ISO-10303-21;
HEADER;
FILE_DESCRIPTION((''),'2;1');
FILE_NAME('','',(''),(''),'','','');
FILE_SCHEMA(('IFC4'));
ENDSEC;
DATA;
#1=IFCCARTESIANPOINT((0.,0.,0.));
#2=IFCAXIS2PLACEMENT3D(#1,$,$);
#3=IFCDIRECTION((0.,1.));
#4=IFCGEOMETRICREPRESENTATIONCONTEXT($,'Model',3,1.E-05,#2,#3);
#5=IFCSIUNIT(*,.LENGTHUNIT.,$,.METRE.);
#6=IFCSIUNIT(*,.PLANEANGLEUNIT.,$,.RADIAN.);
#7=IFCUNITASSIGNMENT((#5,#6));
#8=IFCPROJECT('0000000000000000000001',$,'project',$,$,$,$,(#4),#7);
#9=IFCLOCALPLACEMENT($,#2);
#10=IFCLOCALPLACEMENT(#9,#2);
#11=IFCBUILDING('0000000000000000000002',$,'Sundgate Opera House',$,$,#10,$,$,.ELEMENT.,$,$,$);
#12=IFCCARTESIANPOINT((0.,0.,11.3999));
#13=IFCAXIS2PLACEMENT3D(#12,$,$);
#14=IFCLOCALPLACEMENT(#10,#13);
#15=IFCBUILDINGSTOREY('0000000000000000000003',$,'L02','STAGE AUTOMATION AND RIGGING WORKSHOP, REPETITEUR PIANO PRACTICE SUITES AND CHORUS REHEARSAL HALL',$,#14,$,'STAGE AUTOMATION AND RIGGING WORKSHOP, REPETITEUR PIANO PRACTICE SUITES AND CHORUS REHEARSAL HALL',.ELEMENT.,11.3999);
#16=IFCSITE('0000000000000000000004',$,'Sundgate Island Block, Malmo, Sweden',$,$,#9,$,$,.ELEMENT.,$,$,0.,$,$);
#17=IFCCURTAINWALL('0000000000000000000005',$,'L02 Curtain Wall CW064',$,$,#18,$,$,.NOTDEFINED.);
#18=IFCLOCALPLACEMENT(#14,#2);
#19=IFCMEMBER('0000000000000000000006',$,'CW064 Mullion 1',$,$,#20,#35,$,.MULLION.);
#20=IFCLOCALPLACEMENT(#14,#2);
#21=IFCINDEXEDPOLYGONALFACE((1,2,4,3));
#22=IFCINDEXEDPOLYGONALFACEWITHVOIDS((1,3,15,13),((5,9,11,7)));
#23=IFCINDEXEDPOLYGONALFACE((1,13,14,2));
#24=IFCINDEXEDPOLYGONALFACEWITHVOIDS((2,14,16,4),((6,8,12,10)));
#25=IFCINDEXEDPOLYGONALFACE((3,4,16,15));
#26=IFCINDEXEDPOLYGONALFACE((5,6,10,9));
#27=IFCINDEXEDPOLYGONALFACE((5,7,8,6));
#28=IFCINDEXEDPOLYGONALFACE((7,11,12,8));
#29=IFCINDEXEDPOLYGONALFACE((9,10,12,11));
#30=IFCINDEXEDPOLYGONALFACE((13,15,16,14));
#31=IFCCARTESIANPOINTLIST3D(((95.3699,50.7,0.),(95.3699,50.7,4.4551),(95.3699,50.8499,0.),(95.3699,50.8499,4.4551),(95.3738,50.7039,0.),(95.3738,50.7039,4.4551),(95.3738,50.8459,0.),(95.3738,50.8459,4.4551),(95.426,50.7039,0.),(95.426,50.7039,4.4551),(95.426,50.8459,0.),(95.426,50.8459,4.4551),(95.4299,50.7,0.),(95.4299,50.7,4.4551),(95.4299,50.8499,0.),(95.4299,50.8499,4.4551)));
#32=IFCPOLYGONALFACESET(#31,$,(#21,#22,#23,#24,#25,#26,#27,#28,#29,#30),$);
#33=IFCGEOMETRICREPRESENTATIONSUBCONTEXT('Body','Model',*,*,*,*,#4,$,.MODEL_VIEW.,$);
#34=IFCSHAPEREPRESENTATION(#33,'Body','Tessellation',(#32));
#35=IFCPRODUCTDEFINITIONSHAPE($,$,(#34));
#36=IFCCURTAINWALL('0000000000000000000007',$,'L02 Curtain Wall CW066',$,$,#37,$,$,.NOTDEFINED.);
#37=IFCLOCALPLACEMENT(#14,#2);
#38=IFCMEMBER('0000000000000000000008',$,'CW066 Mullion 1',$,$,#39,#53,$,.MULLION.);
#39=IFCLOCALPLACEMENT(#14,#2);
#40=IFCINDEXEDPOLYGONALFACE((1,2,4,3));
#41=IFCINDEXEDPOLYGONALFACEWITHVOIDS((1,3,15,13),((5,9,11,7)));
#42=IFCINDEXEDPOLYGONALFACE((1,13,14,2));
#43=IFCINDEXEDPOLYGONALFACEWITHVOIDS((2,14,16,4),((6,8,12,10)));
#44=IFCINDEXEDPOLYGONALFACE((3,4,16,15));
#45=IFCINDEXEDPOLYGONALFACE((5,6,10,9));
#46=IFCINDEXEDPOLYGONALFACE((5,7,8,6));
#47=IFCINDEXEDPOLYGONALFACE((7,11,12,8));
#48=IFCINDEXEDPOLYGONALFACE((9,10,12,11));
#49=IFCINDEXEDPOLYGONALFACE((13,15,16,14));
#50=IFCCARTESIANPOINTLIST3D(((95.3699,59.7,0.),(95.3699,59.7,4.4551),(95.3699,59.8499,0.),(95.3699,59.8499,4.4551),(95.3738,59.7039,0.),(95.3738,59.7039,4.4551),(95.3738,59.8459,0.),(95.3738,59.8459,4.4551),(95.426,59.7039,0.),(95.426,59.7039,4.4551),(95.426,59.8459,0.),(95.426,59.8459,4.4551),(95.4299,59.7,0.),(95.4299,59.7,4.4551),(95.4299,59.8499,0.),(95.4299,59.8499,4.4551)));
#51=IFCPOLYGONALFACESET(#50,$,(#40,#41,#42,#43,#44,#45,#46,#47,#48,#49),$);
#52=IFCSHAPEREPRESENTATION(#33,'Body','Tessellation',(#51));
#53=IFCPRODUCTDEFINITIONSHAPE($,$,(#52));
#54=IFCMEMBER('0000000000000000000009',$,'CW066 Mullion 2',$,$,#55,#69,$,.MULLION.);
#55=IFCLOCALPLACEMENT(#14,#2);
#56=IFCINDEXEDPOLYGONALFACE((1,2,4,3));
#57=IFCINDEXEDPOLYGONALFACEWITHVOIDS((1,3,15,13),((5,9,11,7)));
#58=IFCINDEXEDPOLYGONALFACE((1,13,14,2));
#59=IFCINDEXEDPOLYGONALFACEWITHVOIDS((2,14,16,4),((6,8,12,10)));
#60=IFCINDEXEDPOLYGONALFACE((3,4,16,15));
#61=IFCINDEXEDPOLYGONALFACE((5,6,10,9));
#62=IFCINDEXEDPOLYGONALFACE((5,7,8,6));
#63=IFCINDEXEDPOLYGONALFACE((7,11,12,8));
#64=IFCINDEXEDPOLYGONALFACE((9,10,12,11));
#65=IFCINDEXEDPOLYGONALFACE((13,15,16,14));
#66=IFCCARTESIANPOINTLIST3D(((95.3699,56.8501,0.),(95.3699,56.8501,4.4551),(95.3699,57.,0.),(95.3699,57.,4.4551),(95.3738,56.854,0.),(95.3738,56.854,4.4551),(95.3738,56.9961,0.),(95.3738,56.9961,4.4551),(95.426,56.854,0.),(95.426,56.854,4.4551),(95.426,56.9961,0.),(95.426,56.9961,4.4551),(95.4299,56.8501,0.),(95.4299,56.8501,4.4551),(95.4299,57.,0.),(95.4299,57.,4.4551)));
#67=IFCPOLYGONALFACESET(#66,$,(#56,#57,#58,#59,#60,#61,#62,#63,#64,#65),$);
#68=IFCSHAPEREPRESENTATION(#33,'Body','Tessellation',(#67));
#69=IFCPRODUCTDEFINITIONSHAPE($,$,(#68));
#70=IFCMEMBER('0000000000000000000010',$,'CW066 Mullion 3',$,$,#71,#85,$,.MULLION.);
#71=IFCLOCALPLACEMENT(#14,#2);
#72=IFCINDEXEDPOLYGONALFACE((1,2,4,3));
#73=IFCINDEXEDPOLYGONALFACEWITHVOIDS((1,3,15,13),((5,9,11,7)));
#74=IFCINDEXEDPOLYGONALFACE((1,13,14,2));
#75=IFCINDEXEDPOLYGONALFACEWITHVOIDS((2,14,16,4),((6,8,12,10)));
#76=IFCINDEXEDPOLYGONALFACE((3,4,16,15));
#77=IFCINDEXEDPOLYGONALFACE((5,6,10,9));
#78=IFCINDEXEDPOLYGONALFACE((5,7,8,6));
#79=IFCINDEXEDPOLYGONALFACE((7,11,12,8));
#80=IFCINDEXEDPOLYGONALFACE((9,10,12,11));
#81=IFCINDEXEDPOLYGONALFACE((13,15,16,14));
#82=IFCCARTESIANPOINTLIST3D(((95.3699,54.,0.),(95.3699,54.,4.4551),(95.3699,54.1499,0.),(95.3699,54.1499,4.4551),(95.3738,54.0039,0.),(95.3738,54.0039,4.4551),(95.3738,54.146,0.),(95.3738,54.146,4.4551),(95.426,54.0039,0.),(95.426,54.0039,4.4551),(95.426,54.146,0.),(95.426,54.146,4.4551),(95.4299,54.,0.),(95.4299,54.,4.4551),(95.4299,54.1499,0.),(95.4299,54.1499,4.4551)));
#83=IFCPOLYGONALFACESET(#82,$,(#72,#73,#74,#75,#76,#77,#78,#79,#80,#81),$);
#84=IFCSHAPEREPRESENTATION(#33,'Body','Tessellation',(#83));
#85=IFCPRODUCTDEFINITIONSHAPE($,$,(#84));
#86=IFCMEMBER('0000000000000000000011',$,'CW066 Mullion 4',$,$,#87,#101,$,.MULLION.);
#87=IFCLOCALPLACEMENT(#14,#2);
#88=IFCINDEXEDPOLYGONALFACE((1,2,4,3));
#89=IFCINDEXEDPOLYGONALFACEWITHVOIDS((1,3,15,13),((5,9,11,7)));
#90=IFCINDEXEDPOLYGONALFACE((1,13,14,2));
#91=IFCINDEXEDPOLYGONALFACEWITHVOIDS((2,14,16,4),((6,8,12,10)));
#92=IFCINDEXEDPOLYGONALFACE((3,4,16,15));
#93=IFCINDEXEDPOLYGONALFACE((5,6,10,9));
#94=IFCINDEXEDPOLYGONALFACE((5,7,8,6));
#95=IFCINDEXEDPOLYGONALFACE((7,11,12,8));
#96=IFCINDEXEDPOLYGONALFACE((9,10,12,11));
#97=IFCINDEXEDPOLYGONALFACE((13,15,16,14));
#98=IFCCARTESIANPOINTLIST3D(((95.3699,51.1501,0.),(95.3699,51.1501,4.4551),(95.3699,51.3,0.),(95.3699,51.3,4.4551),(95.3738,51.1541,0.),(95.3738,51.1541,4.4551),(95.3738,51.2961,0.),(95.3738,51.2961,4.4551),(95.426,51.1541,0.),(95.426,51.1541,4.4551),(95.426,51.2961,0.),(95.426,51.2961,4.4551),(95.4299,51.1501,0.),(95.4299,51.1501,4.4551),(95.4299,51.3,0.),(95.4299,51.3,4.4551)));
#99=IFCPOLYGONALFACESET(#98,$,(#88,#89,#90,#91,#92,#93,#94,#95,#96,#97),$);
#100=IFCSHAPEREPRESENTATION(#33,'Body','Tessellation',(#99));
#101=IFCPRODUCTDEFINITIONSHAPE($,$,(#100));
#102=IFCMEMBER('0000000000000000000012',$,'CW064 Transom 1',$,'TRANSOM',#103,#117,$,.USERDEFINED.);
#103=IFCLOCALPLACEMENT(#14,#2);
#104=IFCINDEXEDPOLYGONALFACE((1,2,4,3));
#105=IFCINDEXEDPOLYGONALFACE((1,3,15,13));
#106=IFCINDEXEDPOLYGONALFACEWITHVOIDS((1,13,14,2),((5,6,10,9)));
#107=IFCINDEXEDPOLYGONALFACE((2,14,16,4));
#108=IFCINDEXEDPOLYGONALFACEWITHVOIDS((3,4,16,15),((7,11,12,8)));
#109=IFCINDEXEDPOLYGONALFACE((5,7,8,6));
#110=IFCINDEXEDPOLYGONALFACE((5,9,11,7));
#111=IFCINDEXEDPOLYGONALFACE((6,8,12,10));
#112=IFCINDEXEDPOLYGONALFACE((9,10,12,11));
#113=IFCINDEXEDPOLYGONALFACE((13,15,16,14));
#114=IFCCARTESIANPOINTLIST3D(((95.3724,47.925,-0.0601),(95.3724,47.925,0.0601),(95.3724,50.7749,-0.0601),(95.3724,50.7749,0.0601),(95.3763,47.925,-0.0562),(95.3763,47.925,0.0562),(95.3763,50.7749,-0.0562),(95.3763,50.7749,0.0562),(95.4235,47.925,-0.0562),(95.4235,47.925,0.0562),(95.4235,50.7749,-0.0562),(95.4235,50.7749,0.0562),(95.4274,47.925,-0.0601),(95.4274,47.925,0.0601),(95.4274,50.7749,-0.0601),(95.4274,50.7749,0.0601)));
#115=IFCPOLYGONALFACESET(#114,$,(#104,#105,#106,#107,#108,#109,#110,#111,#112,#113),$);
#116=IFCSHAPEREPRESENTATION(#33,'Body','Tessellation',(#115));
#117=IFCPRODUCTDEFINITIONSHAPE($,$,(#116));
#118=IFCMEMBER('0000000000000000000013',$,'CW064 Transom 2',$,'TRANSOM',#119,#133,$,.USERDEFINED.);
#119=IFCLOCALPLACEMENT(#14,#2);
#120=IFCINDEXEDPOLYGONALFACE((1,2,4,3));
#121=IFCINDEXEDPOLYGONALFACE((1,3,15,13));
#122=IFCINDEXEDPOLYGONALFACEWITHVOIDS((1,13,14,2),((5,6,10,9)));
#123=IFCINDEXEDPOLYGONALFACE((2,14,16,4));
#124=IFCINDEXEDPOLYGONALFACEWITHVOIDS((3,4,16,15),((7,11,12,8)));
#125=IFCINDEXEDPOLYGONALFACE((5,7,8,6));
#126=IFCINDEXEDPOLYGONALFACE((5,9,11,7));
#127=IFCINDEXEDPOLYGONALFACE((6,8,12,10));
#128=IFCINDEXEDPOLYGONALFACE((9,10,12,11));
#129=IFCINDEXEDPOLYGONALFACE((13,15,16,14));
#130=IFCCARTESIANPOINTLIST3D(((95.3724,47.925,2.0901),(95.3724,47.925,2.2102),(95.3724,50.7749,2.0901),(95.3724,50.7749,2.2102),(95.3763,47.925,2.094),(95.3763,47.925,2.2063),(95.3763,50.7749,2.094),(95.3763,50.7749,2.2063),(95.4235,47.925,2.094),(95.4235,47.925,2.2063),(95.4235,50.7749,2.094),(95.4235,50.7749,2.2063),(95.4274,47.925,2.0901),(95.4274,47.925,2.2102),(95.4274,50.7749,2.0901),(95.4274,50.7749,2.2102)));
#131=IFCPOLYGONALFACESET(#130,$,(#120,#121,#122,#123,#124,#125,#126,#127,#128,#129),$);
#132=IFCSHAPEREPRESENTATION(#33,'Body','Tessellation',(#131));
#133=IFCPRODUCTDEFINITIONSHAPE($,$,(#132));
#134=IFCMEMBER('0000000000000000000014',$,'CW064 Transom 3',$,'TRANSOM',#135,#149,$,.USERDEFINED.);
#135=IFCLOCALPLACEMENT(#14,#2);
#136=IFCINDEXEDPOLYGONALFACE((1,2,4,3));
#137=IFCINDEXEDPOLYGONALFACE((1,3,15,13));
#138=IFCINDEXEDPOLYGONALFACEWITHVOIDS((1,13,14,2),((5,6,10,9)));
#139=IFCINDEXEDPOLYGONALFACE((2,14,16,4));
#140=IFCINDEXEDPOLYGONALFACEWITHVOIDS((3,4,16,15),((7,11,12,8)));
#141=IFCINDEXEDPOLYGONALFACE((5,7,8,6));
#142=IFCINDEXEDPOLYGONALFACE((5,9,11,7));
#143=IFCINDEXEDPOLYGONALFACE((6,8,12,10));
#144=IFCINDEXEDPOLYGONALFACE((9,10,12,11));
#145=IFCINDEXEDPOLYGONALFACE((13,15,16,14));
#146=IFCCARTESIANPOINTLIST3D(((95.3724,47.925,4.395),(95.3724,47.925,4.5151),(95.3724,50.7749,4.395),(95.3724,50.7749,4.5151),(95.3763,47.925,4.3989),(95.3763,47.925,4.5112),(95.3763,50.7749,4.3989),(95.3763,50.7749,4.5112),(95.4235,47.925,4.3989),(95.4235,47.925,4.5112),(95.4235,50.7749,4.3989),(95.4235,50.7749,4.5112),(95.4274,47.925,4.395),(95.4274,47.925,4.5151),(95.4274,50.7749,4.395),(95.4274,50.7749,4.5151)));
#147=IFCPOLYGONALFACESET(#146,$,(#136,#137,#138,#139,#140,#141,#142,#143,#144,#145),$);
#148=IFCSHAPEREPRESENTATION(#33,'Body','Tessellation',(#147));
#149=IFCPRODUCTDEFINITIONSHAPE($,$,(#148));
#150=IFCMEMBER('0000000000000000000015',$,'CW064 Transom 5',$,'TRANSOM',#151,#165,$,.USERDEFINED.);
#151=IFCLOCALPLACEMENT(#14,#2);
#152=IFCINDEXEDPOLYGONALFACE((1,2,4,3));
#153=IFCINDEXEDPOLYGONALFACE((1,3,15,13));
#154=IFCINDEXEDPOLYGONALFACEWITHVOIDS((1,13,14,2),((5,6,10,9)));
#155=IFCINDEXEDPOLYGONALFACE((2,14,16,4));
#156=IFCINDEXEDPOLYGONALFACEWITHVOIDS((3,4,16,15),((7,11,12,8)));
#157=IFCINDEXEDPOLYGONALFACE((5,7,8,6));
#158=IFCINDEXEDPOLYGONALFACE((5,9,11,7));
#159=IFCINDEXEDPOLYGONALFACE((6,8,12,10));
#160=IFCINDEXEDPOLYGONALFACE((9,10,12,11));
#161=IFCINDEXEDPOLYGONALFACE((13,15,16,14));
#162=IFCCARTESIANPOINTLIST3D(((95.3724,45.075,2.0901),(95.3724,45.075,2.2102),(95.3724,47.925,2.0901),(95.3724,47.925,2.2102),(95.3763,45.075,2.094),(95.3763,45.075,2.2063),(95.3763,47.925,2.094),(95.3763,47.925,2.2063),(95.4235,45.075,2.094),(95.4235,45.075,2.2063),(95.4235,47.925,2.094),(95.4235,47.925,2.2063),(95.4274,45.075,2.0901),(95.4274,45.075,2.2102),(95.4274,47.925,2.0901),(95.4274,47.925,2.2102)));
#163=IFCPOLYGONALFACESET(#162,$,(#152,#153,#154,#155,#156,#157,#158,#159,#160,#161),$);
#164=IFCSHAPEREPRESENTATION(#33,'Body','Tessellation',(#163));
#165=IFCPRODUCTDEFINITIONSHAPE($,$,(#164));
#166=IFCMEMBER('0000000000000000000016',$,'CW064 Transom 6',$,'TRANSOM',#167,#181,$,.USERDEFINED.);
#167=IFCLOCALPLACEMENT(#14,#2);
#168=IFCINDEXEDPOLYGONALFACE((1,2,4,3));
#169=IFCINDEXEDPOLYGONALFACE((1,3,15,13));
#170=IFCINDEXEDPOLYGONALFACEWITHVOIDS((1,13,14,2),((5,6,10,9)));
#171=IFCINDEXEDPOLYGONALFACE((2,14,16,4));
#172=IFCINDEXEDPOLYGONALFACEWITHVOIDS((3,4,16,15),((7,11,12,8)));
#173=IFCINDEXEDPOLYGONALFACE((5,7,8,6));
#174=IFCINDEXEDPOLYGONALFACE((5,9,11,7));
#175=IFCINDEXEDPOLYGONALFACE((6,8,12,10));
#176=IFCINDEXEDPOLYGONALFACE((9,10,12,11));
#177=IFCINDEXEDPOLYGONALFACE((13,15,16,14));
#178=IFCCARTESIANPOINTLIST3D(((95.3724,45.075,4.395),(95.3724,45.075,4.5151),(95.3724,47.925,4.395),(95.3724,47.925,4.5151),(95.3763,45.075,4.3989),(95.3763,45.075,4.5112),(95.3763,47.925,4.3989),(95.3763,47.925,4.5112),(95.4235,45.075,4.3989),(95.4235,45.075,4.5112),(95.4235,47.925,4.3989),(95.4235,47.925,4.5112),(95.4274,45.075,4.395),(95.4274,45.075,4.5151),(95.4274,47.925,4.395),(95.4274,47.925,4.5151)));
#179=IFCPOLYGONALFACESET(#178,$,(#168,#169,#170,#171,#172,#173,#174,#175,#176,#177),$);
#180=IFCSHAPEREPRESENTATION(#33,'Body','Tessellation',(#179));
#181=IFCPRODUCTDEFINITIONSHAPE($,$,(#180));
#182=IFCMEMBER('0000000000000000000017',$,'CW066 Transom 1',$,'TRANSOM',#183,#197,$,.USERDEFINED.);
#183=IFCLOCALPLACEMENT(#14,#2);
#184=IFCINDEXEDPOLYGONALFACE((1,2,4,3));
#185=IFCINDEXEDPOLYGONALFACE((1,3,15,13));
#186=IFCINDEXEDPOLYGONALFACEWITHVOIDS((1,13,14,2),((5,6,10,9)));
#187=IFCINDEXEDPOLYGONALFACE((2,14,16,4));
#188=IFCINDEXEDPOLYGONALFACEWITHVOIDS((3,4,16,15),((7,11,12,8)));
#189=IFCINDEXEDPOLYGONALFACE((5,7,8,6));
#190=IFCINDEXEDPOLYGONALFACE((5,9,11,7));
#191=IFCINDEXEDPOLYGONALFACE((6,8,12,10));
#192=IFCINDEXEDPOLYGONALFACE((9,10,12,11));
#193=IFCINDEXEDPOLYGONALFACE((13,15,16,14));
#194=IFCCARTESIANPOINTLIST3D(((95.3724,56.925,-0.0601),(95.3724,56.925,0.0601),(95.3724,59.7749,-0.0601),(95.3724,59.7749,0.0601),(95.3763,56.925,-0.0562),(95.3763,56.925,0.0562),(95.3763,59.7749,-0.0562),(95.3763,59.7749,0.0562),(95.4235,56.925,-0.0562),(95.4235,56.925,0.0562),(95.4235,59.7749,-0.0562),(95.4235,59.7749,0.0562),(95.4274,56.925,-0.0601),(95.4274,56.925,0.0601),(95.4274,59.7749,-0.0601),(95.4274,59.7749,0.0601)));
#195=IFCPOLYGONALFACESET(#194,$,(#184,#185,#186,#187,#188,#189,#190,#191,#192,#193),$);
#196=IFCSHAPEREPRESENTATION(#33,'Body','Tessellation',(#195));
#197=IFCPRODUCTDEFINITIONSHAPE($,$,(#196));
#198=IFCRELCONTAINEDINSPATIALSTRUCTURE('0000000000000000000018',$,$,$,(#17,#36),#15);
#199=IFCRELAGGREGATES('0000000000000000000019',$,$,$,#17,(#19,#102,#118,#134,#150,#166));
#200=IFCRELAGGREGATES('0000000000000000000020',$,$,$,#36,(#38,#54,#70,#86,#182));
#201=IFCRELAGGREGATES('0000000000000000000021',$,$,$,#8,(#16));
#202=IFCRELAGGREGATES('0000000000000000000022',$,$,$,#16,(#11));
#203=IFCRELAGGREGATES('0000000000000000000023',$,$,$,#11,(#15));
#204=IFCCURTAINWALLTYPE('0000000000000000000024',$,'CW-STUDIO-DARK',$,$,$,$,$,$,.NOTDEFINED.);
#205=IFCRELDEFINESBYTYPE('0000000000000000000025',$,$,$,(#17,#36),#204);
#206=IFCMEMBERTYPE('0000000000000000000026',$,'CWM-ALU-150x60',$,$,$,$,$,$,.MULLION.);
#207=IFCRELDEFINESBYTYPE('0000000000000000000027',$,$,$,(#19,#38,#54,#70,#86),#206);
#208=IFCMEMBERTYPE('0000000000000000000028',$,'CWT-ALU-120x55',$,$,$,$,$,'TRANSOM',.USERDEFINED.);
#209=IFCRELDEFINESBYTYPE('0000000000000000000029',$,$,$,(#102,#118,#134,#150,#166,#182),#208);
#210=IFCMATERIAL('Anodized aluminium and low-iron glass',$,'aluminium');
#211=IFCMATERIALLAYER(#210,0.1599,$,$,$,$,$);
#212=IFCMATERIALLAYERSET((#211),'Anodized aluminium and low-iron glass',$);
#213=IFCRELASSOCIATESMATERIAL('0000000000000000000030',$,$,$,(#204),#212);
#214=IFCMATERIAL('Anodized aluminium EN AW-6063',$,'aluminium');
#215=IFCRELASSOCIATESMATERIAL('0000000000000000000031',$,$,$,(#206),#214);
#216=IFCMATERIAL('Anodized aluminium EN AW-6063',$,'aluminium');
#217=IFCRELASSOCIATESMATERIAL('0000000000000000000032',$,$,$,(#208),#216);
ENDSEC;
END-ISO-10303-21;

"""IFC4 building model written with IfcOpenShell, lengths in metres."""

from ifc_helpers import new_model, si_unit, direction, frame, origin, origin_2d, place, context, subcontext, project, spatial, hollow_rectangle, extrude, material, layer, layer_set, material_profile, profile_set, type_object, element, aggregate, save


model = new_model("IFC4")

# Units and contexts
model_context = context("Model", 3, precision=1e-05, world=origin(), true_north=direction((0.0, 1.0)))
body_context = subcontext(model_context, "Body", "Model", "MODEL_VIEW")
ifc_project = project(units=[si_unit("LENGTHUNIT", "METRE"), si_unit("PLANEANGLEUNIT", "RADIAN")], contexts=[model_context])

# Site, building, storey
site_placement = place(None, origin())
site = spatial("IfcSite", under=ifc_project, at=site_placement, Name="Sundgate Island Block, Malmo, Sweden", CompositionType="ELEMENT", RefElevation=0.0)
building_placement = place(site_placement, origin())
building = spatial("IfcBuilding", under=site, at=building_placement, Name="Sundgate Opera House", CompositionType="ELEMENT")
storey_placement = place(building_placement, frame((0.0, 0.0, 11.3999)))
storey = spatial("IfcBuildingStorey", under=building, at=storey_placement, Name="L02", Description="STAGE AUTOMATION AND RIGGING WORKSHOP, REPETITEUR PIANO PRACTICE SUITES AND CHORUS REHEARSAL HALL", LongName="STAGE AUTOMATION AND RIGGING WORKSHOP, REPETITEUR PIANO PRACTICE SUITES AND CHORUS REHEARSAL HALL", CompositionType="ELEMENT", Elevation=11.3999)

# Curtain wall, member
ifc_material_1 = material(Name="Anodized aluminium and low-iron glass", Category="aluminium")
ifc_layer_1 = layer(ifc_material_1, 0.1599)
ifc_layer_set_1 = layer_set([ifc_layer_1], Name="Anodized aluminium and low-iron glass")
curtain_wall_type = type_object("IfcCurtainWallType", Name="CW-STUDIO-DARK", PredefinedType="NOTDEFINED", material=ifc_layer_set_1)
curtain_wall_1_placement = place(storey_placement, origin())
curtain_wall_1 = element("IfcCurtainWall", 1, at=curtain_wall_1_placement, inside=storey, type_object=curtain_wall_type, Name="L02 Curtain Wall CW064", PredefinedType="NOTDEFINED")
ifc_material_2 = material(Name="Anodized aluminium EN AW-6063", Category="aluminium")
ifc_material_profile_1 = material_profile(ifc_material_2, hollow_rectangle(XDim=0.0601, YDim=0.1499, WallThickness=0.0039, at=origin_2d()), Name="CWM 150x60x4")
ifc_profile_set_1 = profile_set([ifc_material_profile_1], Name="Anodized aluminium EN AW-6063")
member_type_1 = type_object("IfcMemberType", Name="CWM-ALU-150x60", PredefinedType="MULLION", material=ifc_profile_set_1)
member_1_placement = place(storey_placement, frame((95.3999, 50.7749, 0.0), z_axis=(0.0, 0.0, 1.0), x_axis=(1.0, 0.0, 0.0)))
member_1 = element("IfcMember", 2, at=member_1_placement, type_object=member_type_1, Name="CW064 Mullion 1", PredefinedType="MULLION", context=body_context, shape_type="SweptSolid", body=[
    extrude(hollow_rectangle(XDim=0.0601, YDim=0.1499, WallThickness=0.0039, at=origin_2d()), origin(), (0.0, 0.0, 1.0), 4.4551),
])

# Curtain wall, members
curtain_wall_2_placement = place(storey_placement, origin())
curtain_wall_2 = element("IfcCurtainWall", 3, at=curtain_wall_2_placement, inside=storey, type_object=curtain_wall_type, Name="L02 Curtain Wall CW066", PredefinedType="NOTDEFINED")
member_2_placement = place(storey_placement, frame((95.3999, 59.7749, 0.0), z_axis=(0.0, 0.0, 1.0), x_axis=(1.0, 0.0, 0.0)))
member_2 = element("IfcMember", 4, at=member_2_placement, type_object=member_type_1, Name="CW066 Mullion 1", PredefinedType="MULLION", context=body_context, shape_type="SweptSolid", body=[
    extrude(hollow_rectangle(XDim=0.0601, YDim=0.1499, WallThickness=0.0039, at=origin_2d()), origin(), (0.0, 0.0, 1.0), 4.4551),
])
member_3_placement = place(storey_placement, frame((95.3999, 56.925, 0.0), z_axis=(0.0, 0.0, 1.0), x_axis=(1.0, 0.0, 0.0)))
member_3 = element("IfcMember", 5, at=member_3_placement, type_object=member_type_1, Name="CW066 Mullion 2", PredefinedType="MULLION", context=body_context, shape_type="SweptSolid", body=[
    extrude(hollow_rectangle(XDim=0.0601, YDim=0.1499, WallThickness=0.0039, at=origin_2d()), origin(), (0.0, 0.0, 1.0), 4.4551),
])
member_4_placement = place(storey_placement, frame((95.3999, 54.075, 0.0), z_axis=(0.0, 0.0, 1.0), x_axis=(1.0, 0.0, 0.0)))
member_4 = element("IfcMember", 6, at=member_4_placement, type_object=member_type_1, Name="CW066 Mullion 3", PredefinedType="MULLION", context=body_context, shape_type="SweptSolid", body=[
    extrude(hollow_rectangle(XDim=0.0601, YDim=0.1499, WallThickness=0.0039, at=origin_2d()), origin(), (0.0, 0.0, 1.0), 4.4551),
])
member_5_placement = place(storey_placement, frame((95.3999, 51.2251, 0.0), z_axis=(0.0, 0.0, 1.0), x_axis=(1.0, 0.0, 0.0)))
member_5 = element("IfcMember", 7, at=member_5_placement, type_object=member_type_1, Name="CW066 Mullion 4", PredefinedType="MULLION", context=body_context, shape_type="SweptSolid", body=[
    extrude(hollow_rectangle(XDim=0.0601, YDim=0.1499, WallThickness=0.0039, at=origin_2d()), origin(), (0.0, 0.0, 1.0), 4.4551),
])

# Members
ifc_material_3 = material(Name="Anodized aluminium EN AW-6063", Category="aluminium")
ifc_material_profile_2 = material_profile(ifc_material_3, hollow_rectangle(XDim=0.0549, YDim=0.1201, WallThickness=0.0039, at=origin_2d()), Name="CWT 120x55x4")
ifc_profile_set_2 = profile_set([ifc_material_profile_2], Name="Anodized aluminium EN AW-6063")
member_type_2 = type_object("IfcMemberType", Name="CWT-ALU-120x55", ElementType="TRANSOM", PredefinedType="USERDEFINED", material=ifc_profile_set_2)
member_6_placement = place(storey_placement, frame((95.3999, 50.7749, 0.0), z_axis=(0.0, -1.0, 0.0), x_axis=(1.0, 0.0, 0.0)))
member_6 = element("IfcMember", 8, at=member_6_placement, type_object=member_type_2, Name="CW064 Transom 1", ObjectType="TRANSOM", PredefinedType="USERDEFINED", context=body_context, shape_type="SweptSolid", body=[
    extrude(hollow_rectangle(XDim=0.0549, YDim=0.1201, WallThickness=0.0039, at=origin_2d()), origin(), (0.0, 0.0, 1.0), 2.8499),
])
member_7_placement = place(storey_placement, frame((95.3999, 50.7749, 2.1501), z_axis=(0.0, -1.0, 0.0), x_axis=(1.0, 0.0, 0.0)))
member_7 = element("IfcMember", 9, at=member_7_placement, type_object=member_type_2, Name="CW064 Transom 2", ObjectType="TRANSOM", PredefinedType="USERDEFINED", context=body_context, shape_type="SweptSolid", body=[
    extrude(hollow_rectangle(XDim=0.0549, YDim=0.1201, WallThickness=0.0039, at=origin_2d()), origin(), (0.0, 0.0, 1.0), 2.8499),
])
member_8_placement = place(storey_placement, frame((95.3999, 50.7749, 4.4551), z_axis=(0.0, -1.0, 0.0), x_axis=(1.0, 0.0, 0.0)))
member_8 = element("IfcMember", 10, at=member_8_placement, type_object=member_type_2, Name="CW064 Transom 3", ObjectType="TRANSOM", PredefinedType="USERDEFINED", context=body_context, shape_type="SweptSolid", body=[
    extrude(hollow_rectangle(XDim=0.0549, YDim=0.1201, WallThickness=0.0039, at=origin_2d()), origin(), (0.0, 0.0, 1.0), 2.8499),
])
member_9_placement = place(storey_placement, frame((95.3999, 47.925, 2.1501), z_axis=(0.0, -1.0, 0.0), x_axis=(1.0, 0.0, 0.0)))
member_9 = element("IfcMember", 11, at=member_9_placement, type_object=member_type_2, Name="CW064 Transom 5", ObjectType="TRANSOM", PredefinedType="USERDEFINED", context=body_context, shape_type="SweptSolid", body=[
    extrude(hollow_rectangle(XDim=0.0549, YDim=0.1201, WallThickness=0.0039, at=origin_2d()), origin(), (0.0, 0.0, 1.0), 2.8501),
])
member_10_placement = place(storey_placement, frame((95.3999, 47.925, 4.4551), z_axis=(0.0, -1.0, 0.0), x_axis=(1.0, 0.0, 0.0)))
member_10 = element("IfcMember", 12, at=member_10_placement, type_object=member_type_2, Name="CW064 Transom 6", ObjectType="TRANSOM", PredefinedType="USERDEFINED", context=body_context, shape_type="SweptSolid", body=[
    extrude(hollow_rectangle(XDim=0.0549, YDim=0.1201, WallThickness=0.0039, at=origin_2d()), origin(), (0.0, 0.0, 1.0), 2.8501),
])
member_11_placement = place(storey_placement, frame((95.3999, 59.7749, 0.0), z_axis=(0.0, -1.0, 0.0), x_axis=(1.0, 0.0, 0.0)))
member_11 = element("IfcMember", 13, at=member_11_placement, type_object=member_type_2, Name="CW066 Transom 1", ObjectType="TRANSOM", PredefinedType="USERDEFINED", context=body_context, shape_type="SweptSolid", body=[
    extrude(hollow_rectangle(XDim=0.0549, YDim=0.1201, WallThickness=0.0039, at=origin_2d()), origin(), (0.0, 0.0, 1.0), 2.8499),
])

aggregate(curtain_wall_1, [member_1, member_6, member_7, member_8, member_9, member_10])
aggregate(curtain_wall_2, [member_2, member_3, member_4, member_5, member_11])

save(model, "model.ifc")
